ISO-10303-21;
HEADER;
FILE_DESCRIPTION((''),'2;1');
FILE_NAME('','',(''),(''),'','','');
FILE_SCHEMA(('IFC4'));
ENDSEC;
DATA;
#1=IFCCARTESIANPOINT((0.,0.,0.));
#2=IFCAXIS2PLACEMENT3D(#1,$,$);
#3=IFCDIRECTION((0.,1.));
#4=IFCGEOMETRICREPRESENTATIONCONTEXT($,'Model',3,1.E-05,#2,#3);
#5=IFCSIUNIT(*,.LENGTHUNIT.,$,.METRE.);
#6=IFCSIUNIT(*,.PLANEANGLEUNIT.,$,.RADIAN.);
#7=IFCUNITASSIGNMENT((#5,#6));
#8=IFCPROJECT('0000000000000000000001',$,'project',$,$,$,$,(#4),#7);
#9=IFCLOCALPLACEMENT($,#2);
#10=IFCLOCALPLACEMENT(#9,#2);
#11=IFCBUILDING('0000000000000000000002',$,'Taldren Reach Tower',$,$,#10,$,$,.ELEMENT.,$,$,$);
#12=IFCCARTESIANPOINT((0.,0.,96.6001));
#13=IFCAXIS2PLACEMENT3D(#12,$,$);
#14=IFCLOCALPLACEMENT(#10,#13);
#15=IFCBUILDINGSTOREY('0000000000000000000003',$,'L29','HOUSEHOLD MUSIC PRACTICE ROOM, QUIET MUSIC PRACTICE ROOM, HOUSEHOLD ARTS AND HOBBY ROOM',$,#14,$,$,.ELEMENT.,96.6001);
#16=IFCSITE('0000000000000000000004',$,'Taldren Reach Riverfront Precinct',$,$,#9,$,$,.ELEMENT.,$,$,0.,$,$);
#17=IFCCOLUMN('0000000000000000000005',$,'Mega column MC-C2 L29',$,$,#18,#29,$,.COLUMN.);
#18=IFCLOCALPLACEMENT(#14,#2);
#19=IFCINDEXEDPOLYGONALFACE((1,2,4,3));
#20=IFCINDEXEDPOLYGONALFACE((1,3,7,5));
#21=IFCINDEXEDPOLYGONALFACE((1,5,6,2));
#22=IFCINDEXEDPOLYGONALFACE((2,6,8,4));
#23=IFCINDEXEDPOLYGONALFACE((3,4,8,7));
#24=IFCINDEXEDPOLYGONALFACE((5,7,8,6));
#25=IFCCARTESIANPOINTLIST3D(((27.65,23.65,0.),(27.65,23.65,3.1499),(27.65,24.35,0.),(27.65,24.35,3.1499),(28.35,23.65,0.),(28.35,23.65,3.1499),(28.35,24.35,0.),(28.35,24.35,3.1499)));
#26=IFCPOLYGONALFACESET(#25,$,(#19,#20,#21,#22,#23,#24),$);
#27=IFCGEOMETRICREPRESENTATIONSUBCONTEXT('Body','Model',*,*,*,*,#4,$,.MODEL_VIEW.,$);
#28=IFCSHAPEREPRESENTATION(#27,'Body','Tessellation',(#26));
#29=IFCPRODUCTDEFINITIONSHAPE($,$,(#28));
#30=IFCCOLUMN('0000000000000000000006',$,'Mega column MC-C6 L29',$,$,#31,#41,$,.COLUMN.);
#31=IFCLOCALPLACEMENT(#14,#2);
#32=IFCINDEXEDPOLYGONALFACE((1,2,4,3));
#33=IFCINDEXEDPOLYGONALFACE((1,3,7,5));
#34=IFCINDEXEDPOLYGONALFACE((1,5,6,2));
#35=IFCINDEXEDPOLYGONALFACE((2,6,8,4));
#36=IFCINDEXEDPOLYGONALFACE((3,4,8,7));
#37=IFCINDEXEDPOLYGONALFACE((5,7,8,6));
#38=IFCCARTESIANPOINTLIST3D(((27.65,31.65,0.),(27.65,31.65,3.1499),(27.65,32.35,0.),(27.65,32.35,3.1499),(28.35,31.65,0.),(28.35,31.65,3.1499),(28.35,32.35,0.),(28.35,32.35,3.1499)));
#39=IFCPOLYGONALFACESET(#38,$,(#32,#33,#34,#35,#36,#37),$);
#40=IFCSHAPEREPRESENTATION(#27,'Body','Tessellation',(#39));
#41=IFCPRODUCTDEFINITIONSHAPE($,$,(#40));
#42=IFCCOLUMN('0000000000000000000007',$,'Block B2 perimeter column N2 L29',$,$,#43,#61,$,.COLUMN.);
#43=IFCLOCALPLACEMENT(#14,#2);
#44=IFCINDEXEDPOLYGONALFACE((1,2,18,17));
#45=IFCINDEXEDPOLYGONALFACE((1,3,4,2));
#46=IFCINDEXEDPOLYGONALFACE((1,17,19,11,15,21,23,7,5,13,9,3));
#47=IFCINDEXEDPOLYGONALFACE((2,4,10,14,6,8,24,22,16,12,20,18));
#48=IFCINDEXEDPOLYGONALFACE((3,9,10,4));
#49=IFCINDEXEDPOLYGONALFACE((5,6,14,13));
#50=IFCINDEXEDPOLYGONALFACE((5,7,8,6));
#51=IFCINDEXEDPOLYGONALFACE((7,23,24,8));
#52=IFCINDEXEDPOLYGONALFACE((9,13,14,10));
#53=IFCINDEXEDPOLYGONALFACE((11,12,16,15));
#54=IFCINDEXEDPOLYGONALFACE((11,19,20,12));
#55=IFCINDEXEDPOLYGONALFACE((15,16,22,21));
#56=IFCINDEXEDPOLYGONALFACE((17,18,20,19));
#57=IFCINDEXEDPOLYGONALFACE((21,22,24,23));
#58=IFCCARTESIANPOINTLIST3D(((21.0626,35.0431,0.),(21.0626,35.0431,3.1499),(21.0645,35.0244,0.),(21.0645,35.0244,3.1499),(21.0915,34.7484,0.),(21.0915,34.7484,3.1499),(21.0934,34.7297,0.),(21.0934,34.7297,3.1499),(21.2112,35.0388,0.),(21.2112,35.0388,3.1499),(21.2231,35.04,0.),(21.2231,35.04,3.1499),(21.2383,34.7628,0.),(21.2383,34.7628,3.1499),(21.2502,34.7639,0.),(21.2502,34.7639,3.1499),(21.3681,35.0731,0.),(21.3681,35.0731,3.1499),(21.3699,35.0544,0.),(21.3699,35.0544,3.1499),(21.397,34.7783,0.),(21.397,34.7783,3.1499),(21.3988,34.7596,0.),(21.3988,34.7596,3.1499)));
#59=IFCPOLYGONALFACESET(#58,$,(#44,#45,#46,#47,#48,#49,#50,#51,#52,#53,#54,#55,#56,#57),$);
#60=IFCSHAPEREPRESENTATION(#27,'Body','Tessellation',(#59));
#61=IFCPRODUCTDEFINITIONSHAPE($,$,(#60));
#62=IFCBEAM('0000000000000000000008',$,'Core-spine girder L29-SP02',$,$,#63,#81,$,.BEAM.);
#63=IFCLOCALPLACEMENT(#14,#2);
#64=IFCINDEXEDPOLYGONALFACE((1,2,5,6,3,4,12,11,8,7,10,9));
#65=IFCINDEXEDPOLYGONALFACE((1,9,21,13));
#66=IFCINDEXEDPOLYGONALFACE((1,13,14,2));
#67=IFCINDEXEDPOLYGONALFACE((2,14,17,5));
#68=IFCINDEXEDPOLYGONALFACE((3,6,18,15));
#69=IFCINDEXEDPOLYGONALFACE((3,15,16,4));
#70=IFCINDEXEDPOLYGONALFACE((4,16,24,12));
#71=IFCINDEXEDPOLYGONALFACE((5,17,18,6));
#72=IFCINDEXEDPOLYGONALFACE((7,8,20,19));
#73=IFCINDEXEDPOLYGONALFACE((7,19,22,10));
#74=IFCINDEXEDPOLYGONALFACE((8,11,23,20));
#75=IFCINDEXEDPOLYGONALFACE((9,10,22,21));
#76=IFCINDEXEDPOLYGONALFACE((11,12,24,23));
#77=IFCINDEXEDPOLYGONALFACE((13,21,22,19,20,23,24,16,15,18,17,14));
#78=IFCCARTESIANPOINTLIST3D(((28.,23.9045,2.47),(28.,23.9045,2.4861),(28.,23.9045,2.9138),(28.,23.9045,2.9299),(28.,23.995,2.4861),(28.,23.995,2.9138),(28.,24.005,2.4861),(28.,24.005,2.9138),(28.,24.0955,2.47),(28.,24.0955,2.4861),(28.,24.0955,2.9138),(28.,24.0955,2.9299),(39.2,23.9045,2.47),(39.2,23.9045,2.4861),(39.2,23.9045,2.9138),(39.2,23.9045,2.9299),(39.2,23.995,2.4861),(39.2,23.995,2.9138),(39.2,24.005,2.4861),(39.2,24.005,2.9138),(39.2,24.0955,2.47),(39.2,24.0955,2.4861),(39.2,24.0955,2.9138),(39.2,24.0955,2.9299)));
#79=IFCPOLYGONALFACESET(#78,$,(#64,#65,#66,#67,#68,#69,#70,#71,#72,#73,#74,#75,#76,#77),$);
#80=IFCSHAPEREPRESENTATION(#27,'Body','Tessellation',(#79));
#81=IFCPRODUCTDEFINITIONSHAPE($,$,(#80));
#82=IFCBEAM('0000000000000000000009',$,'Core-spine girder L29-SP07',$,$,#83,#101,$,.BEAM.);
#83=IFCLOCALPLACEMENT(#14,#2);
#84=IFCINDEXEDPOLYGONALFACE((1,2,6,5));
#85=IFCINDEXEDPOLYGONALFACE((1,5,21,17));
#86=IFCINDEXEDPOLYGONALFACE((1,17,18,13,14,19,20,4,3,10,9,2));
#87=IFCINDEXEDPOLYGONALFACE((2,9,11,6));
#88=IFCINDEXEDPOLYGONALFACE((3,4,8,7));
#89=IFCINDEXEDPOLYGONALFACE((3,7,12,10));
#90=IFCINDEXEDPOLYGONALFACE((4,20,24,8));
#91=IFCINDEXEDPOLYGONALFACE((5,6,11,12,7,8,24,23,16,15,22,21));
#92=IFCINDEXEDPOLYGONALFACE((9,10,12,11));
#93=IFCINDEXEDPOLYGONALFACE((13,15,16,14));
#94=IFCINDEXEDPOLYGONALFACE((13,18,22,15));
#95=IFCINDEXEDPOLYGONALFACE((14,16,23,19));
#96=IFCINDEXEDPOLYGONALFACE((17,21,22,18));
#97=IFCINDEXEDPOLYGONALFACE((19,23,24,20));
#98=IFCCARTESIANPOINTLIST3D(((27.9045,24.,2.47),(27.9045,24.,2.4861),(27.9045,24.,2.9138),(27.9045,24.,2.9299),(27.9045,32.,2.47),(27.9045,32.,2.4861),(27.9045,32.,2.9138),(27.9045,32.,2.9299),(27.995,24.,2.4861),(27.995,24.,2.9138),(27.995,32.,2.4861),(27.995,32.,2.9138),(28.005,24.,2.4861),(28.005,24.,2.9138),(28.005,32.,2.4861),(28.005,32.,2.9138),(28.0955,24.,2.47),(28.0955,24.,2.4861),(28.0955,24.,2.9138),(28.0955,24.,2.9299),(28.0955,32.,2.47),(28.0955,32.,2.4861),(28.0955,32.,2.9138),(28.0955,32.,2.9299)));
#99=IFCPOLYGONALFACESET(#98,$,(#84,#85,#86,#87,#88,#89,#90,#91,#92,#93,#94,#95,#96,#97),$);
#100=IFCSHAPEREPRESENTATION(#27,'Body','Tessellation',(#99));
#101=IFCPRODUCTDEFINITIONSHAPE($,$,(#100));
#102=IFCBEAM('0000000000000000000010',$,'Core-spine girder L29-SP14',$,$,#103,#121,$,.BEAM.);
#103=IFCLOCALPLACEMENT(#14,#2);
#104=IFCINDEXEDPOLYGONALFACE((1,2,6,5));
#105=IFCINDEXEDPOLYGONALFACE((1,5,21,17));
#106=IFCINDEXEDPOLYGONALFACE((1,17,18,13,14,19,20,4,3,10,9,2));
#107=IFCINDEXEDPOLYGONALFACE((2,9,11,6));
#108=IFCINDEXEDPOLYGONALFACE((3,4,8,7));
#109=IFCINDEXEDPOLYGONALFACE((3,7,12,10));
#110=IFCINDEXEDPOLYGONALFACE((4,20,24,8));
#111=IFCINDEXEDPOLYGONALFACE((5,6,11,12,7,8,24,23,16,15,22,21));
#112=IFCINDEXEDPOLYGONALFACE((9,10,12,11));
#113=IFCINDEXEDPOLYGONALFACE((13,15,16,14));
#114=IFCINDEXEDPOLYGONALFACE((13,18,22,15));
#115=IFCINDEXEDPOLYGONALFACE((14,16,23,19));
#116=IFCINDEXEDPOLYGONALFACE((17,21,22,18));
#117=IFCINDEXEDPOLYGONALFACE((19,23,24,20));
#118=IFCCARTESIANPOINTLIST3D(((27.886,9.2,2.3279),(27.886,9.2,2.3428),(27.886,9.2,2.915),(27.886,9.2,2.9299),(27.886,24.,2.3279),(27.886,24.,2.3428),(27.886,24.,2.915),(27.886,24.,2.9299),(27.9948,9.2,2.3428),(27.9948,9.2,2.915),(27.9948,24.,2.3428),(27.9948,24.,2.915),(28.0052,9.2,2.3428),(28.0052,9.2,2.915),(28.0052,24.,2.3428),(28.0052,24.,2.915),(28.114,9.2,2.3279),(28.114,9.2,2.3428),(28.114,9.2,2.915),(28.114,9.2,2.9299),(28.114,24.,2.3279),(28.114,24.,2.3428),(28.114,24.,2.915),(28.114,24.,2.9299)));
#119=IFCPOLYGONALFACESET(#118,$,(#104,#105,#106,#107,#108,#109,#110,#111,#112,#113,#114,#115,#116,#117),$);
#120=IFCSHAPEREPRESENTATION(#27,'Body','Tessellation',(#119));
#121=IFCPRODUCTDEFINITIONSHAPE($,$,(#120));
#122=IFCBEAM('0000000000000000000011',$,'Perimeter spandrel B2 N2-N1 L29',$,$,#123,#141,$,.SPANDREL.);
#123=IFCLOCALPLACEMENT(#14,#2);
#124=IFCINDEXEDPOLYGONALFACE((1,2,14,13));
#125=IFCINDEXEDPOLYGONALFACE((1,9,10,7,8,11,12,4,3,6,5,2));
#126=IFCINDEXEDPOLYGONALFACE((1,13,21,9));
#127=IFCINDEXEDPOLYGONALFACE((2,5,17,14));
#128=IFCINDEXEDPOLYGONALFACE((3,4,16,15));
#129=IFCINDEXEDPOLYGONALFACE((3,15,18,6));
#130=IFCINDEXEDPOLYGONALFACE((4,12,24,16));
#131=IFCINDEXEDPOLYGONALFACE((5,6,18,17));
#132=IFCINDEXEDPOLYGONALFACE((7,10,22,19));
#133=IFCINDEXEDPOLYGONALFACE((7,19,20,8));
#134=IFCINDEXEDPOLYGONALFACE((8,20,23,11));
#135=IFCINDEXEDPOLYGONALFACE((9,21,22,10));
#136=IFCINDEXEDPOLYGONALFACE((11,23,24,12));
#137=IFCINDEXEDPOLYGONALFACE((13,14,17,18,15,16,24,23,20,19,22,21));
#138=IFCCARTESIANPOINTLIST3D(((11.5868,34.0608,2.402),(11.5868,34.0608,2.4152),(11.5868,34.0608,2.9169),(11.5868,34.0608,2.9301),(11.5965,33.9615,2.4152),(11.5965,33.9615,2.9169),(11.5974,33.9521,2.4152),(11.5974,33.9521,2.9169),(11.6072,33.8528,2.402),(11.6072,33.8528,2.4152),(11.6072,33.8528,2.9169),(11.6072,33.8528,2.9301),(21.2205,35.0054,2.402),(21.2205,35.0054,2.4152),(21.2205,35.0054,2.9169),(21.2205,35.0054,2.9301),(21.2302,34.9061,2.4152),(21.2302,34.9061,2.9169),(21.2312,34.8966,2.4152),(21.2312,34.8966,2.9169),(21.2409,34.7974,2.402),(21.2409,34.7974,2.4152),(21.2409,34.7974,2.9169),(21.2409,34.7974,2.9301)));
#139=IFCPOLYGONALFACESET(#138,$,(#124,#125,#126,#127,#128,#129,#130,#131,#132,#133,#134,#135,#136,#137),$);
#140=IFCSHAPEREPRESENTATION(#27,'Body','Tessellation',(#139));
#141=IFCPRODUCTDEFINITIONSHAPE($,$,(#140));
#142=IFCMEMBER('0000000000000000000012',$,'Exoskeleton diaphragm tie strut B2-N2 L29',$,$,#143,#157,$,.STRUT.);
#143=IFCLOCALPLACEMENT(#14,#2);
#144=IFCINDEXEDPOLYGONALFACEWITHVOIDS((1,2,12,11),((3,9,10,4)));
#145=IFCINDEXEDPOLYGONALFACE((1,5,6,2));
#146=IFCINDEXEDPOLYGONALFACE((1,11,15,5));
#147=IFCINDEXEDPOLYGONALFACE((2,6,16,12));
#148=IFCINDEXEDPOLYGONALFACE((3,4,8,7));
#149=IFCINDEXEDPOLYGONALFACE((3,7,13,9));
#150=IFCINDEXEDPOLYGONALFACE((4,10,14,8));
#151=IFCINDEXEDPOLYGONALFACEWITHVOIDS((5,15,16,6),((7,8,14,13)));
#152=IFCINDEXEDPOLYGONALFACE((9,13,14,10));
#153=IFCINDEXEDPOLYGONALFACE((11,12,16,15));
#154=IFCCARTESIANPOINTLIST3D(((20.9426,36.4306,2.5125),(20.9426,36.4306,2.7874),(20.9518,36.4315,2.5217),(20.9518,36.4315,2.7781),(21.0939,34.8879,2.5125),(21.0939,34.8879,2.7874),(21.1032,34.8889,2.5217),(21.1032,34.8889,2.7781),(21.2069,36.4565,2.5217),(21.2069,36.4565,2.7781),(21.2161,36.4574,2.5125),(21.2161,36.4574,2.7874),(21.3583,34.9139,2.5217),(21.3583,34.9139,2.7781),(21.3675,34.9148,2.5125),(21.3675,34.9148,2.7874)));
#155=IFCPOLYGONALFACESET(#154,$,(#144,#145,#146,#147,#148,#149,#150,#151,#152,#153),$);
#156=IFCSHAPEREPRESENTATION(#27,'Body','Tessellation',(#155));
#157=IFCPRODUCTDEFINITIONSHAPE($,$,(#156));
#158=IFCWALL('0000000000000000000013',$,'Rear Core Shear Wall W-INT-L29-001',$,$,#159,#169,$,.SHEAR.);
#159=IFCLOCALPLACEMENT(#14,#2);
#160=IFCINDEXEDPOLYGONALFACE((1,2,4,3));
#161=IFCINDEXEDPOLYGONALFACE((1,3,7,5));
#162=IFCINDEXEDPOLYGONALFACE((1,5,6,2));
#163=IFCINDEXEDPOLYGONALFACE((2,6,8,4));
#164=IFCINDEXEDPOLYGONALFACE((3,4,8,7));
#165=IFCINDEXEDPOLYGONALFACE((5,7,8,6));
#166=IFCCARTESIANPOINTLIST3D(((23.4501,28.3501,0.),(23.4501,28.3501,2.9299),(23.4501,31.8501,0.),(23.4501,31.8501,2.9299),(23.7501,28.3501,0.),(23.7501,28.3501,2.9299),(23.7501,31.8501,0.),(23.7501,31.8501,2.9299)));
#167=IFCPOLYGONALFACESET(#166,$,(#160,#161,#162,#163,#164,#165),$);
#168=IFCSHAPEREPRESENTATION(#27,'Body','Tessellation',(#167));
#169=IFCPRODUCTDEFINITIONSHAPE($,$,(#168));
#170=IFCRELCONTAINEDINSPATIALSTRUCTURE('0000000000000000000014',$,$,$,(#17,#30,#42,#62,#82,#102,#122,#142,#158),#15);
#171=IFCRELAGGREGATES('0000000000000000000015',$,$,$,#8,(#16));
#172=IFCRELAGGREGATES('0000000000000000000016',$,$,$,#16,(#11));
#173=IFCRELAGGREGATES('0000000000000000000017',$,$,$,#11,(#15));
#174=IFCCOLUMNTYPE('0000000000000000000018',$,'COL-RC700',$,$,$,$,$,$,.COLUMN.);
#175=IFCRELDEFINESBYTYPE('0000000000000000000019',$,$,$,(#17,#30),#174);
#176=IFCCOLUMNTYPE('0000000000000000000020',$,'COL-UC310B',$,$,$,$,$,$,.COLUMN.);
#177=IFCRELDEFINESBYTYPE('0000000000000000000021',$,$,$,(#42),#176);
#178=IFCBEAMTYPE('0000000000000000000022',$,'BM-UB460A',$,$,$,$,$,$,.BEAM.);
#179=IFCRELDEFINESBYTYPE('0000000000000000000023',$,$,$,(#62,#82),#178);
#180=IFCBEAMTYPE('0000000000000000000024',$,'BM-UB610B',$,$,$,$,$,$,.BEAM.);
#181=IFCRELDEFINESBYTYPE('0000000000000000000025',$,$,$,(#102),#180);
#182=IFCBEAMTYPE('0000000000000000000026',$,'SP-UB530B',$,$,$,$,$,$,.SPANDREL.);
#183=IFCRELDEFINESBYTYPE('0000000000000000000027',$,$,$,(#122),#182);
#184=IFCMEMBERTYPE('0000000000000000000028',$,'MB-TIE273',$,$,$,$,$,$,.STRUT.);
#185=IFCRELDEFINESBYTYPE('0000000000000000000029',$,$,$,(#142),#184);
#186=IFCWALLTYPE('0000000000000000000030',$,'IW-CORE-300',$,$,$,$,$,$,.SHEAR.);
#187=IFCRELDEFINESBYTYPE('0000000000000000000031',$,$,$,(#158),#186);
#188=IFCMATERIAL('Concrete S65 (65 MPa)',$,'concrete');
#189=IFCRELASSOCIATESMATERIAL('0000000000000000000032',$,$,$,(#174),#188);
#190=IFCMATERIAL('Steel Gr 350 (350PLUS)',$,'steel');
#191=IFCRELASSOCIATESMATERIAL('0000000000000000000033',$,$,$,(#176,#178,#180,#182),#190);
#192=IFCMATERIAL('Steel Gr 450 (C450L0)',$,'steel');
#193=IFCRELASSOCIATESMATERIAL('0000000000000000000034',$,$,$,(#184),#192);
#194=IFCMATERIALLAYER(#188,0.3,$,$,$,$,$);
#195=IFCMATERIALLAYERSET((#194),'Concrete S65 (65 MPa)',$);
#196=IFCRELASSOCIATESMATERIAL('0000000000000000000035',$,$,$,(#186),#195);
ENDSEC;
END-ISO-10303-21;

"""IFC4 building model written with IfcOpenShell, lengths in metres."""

from ifc_helpers import new_model, si_unit, direction, frame, frame_2d, origin, origin_2d, place, context, subcontext, project, spatial, rectangle, hollow_rectangle, i_section, extrude, source, transform, mapped, material, layer, layer_set, material_profile, profile_set, type_object, element, save


model = new_model("IFC4")

# Units and contexts
model_context = context("Model", 3, precision=1e-05, world=origin(), true_north=direction((0.0, 1.0)))
body_context = subcontext(model_context, "Body", "Model", "MODEL_VIEW")
ifc_project = project(units=[si_unit("LENGTHUNIT", "METRE"), si_unit("PLANEANGLEUNIT", "RADIAN")], contexts=[model_context])

# Site, building, storey
site_placement = place(None, origin())
site = spatial("IfcSite", under=ifc_project, at=site_placement, Name="Taldren Reach Riverfront Precinct", CompositionType="ELEMENT", RefElevation=0.0)
building_placement = place(site_placement, origin())
building = spatial("IfcBuilding", under=site, at=building_placement, Name="Taldren Reach Tower", CompositionType="ELEMENT")
storey_placement = place(building_placement, frame((0.0, 0.0, 96.6001)))
storey = spatial("IfcBuildingStorey", under=building, at=storey_placement, Name="L29", Description="HOUSEHOLD MUSIC PRACTICE ROOM, QUIET MUSIC PRACTICE ROOM, HOUSEHOLD ARTS AND HOBBY ROOM", CompositionType="ELEMENT", Elevation=96.6001)

# Columns
ifc_material_1 = material(Name="Concrete S65 (65 MPa)", Category="concrete")
ifc_material_profile_1 = material_profile(ifc_material_1, rectangle(XDim=0.7, YDim=0.7, at=origin_2d()), Name="RC-700x700")
ifc_profile_set_1 = profile_set([ifc_material_profile_1], Name="Concrete S65 (65 MPa)")
column_type_1 = type_object("IfcColumnType", Name="COL-RC700", PredefinedType="COLUMN", material=ifc_profile_set_1)
shared_shape_1 = source(origin(), body_context, "Body", "SweptSolid", [
    extrude(rectangle(XDim=0.7, YDim=0.7, at=origin_2d()), origin(), (0.0, 0.0, 1.0), 3.1499),
])
for number, where, z_axis, x_axis, name in (
    (1, (28.0, 24.0, 0.0), (0.0, 0.0, 1.0), (1.0, 0.0, 0.0), "Mega column MC-C2 L29"),
    (2, (28.0, 32.0, 0.0), (0.0, 0.0, 1.0), (1.0, 0.0, 0.0), "Mega column MC-C6 L29"),
):
    element("IfcColumn", number, at=place(storey_placement, frame(where, z_axis=z_axis, x_axis=x_axis)), inside=storey, type_object=column_type_1, Name=name, PredefinedType="COLUMN", context=body_context, shape_type="MappedRepresentation", body=[
        mapped(shared_shape_1, transform((0.0, 0.0, 0.0), scale=1.0)),
    ])
ifc_material_2 = material(Name="Steel Gr 350 (350PLUS)", Category="steel")
ifc_material_profile_2 = material_profile(ifc_material_2, i_section(OverallWidth=0.3069, OverallDepth=0.3149, WebThickness=0.012, FlangeThickness=0.0188, at=origin_2d()), Name="310UC118")
ifc_profile_set_2 = profile_set([ifc_material_profile_2], Name="Steel Gr 350 (350PLUS)")
column_type_2 = type_object("IfcColumnType", Name="COL-UC310B", PredefinedType="COLUMN", material=ifc_profile_set_2)
shared_shape_2 = source(origin(), body_context, "Body", "SweptSolid", [
    extrude(i_section(OverallWidth=0.3069, OverallDepth=0.3149, WebThickness=0.012, FlangeThickness=0.0188, at=origin_2d()), origin(), (0.0, 0.0, 1.0), 3.1499),
])
column_placement = place(storey_placement, frame((21.2307, 34.9014, 0.0), z_axis=(0.0, 0.0, 1.0), x_axis=(0.995227, 0.097583, 0.0)))
element("IfcColumn", 3, at=column_placement, inside=storey, type_object=column_type_2, Name="Block B2 perimeter column N2 L29", PredefinedType="COLUMN", context=body_context, shape_type="MappedRepresentation", body=[
    mapped(shared_shape_2, transform((0.0, 0.0, 0.0), scale=1.0)),
])

# Beams
ifc_material_profile_3 = material_profile(ifc_material_2, i_section(OverallWidth=0.1909, OverallDepth=0.46, WebThickness=0.01, FlangeThickness=0.0161, at=origin_2d()), Name="460UB82.1")
ifc_profile_set_3 = profile_set([ifc_material_profile_3], Name="Steel Gr 350 (350PLUS)")
beam_type_1 = type_object("IfcBeamType", Name="BM-UB460A", PredefinedType="BEAM", material=ifc_profile_set_3)
shared_shape_3 = source(origin(), body_context, "Body", "SweptSolid", [
    extrude(i_section(OverallWidth=0.1909, OverallDepth=0.46, WebThickness=0.01, FlangeThickness=0.0161, at=origin_2d()), origin(), (0.0, 0.0, 1.0), 11.2),
])
beam_1_placement = place(storey_placement, frame((28.0, 24.0, 2.7), z_axis=(1.0, 0.0, 0.0), x_axis=(0.0, 1.0, 0.0)))
element("IfcBeam", 4, at=beam_1_placement, inside=storey, type_object=beam_type_1, Name="Core-spine girder L29-SP02", PredefinedType="BEAM", context=body_context, shape_type="MappedRepresentation", body=[
    mapped(shared_shape_3, transform((0.0, 0.0, 0.0), scale=1.0)),
])
shared_shape_4 = source(origin(), body_context, "Body", "SweptSolid", [
    extrude(i_section(OverallWidth=0.1909, OverallDepth=0.46, WebThickness=0.01, FlangeThickness=0.0161, at=origin_2d()), origin(), (0.0, 0.0, 1.0), 8.0),
])
beam_2_placement = place(storey_placement, frame((28.0, 24.0, 2.7), z_axis=(0.0, 1.0, 0.0), x_axis=(-1.0, 0.0, 0.0)))
element("IfcBeam", 5, at=beam_2_placement, inside=storey, type_object=beam_type_1, Name="Core-spine girder L29-SP07", PredefinedType="BEAM", context=body_context, shape_type="MappedRepresentation", body=[
    mapped(shared_shape_4, transform((0.0, 0.0, 0.0), scale=1.0)),
])
ifc_material_profile_4 = material_profile(ifc_material_2, i_section(OverallWidth=0.228, OverallDepth=0.6021, WebThickness=0.0105, FlangeThickness=0.0149, at=origin_2d()), Name="610UB101")
ifc_profile_set_4 = profile_set([ifc_material_profile_4], Name="Steel Gr 350 (350PLUS)")
beam_type_2 = type_object("IfcBeamType", Name="BM-UB610B", PredefinedType="BEAM", material=ifc_profile_set_4)
shared_shape_5 = source(origin(), body_context, "Body", "SweptSolid", [
    extrude(i_section(OverallWidth=0.228, OverallDepth=0.6021, WebThickness=0.0105, FlangeThickness=0.0149, at=origin_2d()), origin(), (0.0, 0.0, 1.0), 14.8),
])
beam_3_placement = place(storey_placement, frame((28.0, 24.0, 2.6289), z_axis=(0.0, -1.0, 0.0), x_axis=(1.0, 0.0, 0.0)))
element("IfcBeam", 6, at=beam_3_placement, inside=storey, type_object=beam_type_2, Name="Core-spine girder L29-SP14", PredefinedType="BEAM", context=body_context, shape_type="MappedRepresentation", body=[
    mapped(shared_shape_5, transform((0.0, 0.0, 0.0), scale=1.0)),
])
ifc_material_profile_5 = material_profile(ifc_material_2, i_section(OverallWidth=0.209, OverallDepth=0.5281, WebThickness=0.0095, FlangeThickness=0.0132, at=origin_2d()), Name="530UB82.0")
ifc_profile_set_5 = profile_set([ifc_material_profile_5], Name="Steel Gr 350 (350PLUS)")
beam_type_3 = type_object("IfcBeamType", Name="SP-UB530B", PredefinedType="SPANDREL", material=ifc_profile_set_5)
shared_shape_6 = source(origin(), body_context, "Body", "SweptSolid", [
    extrude(i_section(OverallWidth=0.209, OverallDepth=0.5281, WebThickness=0.0095, FlangeThickness=0.0132, at=origin_2d()), origin(), (0.0, 0.0, 1.0), 9.6799),
])
beam_4_placement = place(storey_placement, frame((21.2307, 34.9014, 2.666), z_axis=(-0.995228, -0.097581, 0.0), x_axis=(0.097581, -0.995228, 0.0)))
element("IfcBeam", 7, at=beam_4_placement, inside=storey, type_object=beam_type_3, Name="Perimeter spandrel B2 N2-N1 L29", PredefinedType="SPANDREL", context=body_context, shape_type="MappedRepresentation", body=[
    mapped(shared_shape_6, transform((0.0, 0.0, 0.0), scale=1.0)),
])

# Member
ifc_material_3 = material(Name="Steel Gr 450 (C450L0)", Category="steel")
ifc_material_profile_6 = material_profile(ifc_material_3, hollow_rectangle(XDim=0.2749, YDim=0.2749, WallThickness=0.0093, at=origin_2d()), Name="275x275x9.3SHS")
ifc_profile_set_6 = profile_set([ifc_material_profile_6], Name="Steel Gr 450 (C450L0)")
member_type = type_object("IfcMemberType", Name="MB-TIE273", PredefinedType="STRUT", material=ifc_profile_set_6)
shared_shape_7 = source(origin(), body_context, "Body", "SweptSolid", [
    extrude(hollow_rectangle(XDim=0.2749, YDim=0.2749, WallThickness=0.0093, at=origin_2d()), origin(), (0.0, 0.0, 1.0), 1.55),
])
member_placement = place(storey_placement, frame((21.2307, 34.9014, 2.6499), z_axis=(-0.097648, 0.995221, 0.0), x_axis=(-0.995221, -0.097648, 0.0)))
element("IfcMember", 8, at=member_placement, inside=storey, type_object=member_type, Name="Exoskeleton diaphragm tie strut B2-N2 L29", PredefinedType="STRUT", context=body_context, shape_type="MappedRepresentation", body=[
    mapped(shared_shape_7, transform((0.0, 0.0, 0.0), scale=1.0)),
])

# Wall
ifc_layer_1 = layer(ifc_material_1, 0.3)
ifc_layer_set_1 = layer_set([ifc_layer_1], Name="Concrete S65 (65 MPa)")
wall_type_1 = type_object("IfcWallType", Name="IW-CORE-300", PredefinedType="SHEAR", material=ifc_layer_set_1)
shared_shape_8 = source(origin(), body_context, "Body", "SweptSolid", [
    extrude(rectangle(XDim=3.5, YDim=0.3, at=frame_2d((1.75, 0.0))), origin(), (0.0, 0.0, 1.0), 2.9299),
])
for number, where, z_axis, x_axis, name in (
    (9, (23.6001, 28.3501, 0.0), (0.0, 0.0, 1.0), (0.0, 1.0, 0.0), "Rear Core Shear Wall W-INT-L29-001"),
):
    element("IfcWall", number, at=place(storey_placement, frame(where, z_axis=z_axis, x_axis=x_axis)), inside=storey, type_object=wall_type_1, Name=name, PredefinedType="SHEAR", context=body_context, shape_type="MappedRepresentation", body=[
        mapped(shared_shape_8, transform((0.0, 0.0, 0.0), scale=1.0)),
    ])

save(model, "model.ifc")
